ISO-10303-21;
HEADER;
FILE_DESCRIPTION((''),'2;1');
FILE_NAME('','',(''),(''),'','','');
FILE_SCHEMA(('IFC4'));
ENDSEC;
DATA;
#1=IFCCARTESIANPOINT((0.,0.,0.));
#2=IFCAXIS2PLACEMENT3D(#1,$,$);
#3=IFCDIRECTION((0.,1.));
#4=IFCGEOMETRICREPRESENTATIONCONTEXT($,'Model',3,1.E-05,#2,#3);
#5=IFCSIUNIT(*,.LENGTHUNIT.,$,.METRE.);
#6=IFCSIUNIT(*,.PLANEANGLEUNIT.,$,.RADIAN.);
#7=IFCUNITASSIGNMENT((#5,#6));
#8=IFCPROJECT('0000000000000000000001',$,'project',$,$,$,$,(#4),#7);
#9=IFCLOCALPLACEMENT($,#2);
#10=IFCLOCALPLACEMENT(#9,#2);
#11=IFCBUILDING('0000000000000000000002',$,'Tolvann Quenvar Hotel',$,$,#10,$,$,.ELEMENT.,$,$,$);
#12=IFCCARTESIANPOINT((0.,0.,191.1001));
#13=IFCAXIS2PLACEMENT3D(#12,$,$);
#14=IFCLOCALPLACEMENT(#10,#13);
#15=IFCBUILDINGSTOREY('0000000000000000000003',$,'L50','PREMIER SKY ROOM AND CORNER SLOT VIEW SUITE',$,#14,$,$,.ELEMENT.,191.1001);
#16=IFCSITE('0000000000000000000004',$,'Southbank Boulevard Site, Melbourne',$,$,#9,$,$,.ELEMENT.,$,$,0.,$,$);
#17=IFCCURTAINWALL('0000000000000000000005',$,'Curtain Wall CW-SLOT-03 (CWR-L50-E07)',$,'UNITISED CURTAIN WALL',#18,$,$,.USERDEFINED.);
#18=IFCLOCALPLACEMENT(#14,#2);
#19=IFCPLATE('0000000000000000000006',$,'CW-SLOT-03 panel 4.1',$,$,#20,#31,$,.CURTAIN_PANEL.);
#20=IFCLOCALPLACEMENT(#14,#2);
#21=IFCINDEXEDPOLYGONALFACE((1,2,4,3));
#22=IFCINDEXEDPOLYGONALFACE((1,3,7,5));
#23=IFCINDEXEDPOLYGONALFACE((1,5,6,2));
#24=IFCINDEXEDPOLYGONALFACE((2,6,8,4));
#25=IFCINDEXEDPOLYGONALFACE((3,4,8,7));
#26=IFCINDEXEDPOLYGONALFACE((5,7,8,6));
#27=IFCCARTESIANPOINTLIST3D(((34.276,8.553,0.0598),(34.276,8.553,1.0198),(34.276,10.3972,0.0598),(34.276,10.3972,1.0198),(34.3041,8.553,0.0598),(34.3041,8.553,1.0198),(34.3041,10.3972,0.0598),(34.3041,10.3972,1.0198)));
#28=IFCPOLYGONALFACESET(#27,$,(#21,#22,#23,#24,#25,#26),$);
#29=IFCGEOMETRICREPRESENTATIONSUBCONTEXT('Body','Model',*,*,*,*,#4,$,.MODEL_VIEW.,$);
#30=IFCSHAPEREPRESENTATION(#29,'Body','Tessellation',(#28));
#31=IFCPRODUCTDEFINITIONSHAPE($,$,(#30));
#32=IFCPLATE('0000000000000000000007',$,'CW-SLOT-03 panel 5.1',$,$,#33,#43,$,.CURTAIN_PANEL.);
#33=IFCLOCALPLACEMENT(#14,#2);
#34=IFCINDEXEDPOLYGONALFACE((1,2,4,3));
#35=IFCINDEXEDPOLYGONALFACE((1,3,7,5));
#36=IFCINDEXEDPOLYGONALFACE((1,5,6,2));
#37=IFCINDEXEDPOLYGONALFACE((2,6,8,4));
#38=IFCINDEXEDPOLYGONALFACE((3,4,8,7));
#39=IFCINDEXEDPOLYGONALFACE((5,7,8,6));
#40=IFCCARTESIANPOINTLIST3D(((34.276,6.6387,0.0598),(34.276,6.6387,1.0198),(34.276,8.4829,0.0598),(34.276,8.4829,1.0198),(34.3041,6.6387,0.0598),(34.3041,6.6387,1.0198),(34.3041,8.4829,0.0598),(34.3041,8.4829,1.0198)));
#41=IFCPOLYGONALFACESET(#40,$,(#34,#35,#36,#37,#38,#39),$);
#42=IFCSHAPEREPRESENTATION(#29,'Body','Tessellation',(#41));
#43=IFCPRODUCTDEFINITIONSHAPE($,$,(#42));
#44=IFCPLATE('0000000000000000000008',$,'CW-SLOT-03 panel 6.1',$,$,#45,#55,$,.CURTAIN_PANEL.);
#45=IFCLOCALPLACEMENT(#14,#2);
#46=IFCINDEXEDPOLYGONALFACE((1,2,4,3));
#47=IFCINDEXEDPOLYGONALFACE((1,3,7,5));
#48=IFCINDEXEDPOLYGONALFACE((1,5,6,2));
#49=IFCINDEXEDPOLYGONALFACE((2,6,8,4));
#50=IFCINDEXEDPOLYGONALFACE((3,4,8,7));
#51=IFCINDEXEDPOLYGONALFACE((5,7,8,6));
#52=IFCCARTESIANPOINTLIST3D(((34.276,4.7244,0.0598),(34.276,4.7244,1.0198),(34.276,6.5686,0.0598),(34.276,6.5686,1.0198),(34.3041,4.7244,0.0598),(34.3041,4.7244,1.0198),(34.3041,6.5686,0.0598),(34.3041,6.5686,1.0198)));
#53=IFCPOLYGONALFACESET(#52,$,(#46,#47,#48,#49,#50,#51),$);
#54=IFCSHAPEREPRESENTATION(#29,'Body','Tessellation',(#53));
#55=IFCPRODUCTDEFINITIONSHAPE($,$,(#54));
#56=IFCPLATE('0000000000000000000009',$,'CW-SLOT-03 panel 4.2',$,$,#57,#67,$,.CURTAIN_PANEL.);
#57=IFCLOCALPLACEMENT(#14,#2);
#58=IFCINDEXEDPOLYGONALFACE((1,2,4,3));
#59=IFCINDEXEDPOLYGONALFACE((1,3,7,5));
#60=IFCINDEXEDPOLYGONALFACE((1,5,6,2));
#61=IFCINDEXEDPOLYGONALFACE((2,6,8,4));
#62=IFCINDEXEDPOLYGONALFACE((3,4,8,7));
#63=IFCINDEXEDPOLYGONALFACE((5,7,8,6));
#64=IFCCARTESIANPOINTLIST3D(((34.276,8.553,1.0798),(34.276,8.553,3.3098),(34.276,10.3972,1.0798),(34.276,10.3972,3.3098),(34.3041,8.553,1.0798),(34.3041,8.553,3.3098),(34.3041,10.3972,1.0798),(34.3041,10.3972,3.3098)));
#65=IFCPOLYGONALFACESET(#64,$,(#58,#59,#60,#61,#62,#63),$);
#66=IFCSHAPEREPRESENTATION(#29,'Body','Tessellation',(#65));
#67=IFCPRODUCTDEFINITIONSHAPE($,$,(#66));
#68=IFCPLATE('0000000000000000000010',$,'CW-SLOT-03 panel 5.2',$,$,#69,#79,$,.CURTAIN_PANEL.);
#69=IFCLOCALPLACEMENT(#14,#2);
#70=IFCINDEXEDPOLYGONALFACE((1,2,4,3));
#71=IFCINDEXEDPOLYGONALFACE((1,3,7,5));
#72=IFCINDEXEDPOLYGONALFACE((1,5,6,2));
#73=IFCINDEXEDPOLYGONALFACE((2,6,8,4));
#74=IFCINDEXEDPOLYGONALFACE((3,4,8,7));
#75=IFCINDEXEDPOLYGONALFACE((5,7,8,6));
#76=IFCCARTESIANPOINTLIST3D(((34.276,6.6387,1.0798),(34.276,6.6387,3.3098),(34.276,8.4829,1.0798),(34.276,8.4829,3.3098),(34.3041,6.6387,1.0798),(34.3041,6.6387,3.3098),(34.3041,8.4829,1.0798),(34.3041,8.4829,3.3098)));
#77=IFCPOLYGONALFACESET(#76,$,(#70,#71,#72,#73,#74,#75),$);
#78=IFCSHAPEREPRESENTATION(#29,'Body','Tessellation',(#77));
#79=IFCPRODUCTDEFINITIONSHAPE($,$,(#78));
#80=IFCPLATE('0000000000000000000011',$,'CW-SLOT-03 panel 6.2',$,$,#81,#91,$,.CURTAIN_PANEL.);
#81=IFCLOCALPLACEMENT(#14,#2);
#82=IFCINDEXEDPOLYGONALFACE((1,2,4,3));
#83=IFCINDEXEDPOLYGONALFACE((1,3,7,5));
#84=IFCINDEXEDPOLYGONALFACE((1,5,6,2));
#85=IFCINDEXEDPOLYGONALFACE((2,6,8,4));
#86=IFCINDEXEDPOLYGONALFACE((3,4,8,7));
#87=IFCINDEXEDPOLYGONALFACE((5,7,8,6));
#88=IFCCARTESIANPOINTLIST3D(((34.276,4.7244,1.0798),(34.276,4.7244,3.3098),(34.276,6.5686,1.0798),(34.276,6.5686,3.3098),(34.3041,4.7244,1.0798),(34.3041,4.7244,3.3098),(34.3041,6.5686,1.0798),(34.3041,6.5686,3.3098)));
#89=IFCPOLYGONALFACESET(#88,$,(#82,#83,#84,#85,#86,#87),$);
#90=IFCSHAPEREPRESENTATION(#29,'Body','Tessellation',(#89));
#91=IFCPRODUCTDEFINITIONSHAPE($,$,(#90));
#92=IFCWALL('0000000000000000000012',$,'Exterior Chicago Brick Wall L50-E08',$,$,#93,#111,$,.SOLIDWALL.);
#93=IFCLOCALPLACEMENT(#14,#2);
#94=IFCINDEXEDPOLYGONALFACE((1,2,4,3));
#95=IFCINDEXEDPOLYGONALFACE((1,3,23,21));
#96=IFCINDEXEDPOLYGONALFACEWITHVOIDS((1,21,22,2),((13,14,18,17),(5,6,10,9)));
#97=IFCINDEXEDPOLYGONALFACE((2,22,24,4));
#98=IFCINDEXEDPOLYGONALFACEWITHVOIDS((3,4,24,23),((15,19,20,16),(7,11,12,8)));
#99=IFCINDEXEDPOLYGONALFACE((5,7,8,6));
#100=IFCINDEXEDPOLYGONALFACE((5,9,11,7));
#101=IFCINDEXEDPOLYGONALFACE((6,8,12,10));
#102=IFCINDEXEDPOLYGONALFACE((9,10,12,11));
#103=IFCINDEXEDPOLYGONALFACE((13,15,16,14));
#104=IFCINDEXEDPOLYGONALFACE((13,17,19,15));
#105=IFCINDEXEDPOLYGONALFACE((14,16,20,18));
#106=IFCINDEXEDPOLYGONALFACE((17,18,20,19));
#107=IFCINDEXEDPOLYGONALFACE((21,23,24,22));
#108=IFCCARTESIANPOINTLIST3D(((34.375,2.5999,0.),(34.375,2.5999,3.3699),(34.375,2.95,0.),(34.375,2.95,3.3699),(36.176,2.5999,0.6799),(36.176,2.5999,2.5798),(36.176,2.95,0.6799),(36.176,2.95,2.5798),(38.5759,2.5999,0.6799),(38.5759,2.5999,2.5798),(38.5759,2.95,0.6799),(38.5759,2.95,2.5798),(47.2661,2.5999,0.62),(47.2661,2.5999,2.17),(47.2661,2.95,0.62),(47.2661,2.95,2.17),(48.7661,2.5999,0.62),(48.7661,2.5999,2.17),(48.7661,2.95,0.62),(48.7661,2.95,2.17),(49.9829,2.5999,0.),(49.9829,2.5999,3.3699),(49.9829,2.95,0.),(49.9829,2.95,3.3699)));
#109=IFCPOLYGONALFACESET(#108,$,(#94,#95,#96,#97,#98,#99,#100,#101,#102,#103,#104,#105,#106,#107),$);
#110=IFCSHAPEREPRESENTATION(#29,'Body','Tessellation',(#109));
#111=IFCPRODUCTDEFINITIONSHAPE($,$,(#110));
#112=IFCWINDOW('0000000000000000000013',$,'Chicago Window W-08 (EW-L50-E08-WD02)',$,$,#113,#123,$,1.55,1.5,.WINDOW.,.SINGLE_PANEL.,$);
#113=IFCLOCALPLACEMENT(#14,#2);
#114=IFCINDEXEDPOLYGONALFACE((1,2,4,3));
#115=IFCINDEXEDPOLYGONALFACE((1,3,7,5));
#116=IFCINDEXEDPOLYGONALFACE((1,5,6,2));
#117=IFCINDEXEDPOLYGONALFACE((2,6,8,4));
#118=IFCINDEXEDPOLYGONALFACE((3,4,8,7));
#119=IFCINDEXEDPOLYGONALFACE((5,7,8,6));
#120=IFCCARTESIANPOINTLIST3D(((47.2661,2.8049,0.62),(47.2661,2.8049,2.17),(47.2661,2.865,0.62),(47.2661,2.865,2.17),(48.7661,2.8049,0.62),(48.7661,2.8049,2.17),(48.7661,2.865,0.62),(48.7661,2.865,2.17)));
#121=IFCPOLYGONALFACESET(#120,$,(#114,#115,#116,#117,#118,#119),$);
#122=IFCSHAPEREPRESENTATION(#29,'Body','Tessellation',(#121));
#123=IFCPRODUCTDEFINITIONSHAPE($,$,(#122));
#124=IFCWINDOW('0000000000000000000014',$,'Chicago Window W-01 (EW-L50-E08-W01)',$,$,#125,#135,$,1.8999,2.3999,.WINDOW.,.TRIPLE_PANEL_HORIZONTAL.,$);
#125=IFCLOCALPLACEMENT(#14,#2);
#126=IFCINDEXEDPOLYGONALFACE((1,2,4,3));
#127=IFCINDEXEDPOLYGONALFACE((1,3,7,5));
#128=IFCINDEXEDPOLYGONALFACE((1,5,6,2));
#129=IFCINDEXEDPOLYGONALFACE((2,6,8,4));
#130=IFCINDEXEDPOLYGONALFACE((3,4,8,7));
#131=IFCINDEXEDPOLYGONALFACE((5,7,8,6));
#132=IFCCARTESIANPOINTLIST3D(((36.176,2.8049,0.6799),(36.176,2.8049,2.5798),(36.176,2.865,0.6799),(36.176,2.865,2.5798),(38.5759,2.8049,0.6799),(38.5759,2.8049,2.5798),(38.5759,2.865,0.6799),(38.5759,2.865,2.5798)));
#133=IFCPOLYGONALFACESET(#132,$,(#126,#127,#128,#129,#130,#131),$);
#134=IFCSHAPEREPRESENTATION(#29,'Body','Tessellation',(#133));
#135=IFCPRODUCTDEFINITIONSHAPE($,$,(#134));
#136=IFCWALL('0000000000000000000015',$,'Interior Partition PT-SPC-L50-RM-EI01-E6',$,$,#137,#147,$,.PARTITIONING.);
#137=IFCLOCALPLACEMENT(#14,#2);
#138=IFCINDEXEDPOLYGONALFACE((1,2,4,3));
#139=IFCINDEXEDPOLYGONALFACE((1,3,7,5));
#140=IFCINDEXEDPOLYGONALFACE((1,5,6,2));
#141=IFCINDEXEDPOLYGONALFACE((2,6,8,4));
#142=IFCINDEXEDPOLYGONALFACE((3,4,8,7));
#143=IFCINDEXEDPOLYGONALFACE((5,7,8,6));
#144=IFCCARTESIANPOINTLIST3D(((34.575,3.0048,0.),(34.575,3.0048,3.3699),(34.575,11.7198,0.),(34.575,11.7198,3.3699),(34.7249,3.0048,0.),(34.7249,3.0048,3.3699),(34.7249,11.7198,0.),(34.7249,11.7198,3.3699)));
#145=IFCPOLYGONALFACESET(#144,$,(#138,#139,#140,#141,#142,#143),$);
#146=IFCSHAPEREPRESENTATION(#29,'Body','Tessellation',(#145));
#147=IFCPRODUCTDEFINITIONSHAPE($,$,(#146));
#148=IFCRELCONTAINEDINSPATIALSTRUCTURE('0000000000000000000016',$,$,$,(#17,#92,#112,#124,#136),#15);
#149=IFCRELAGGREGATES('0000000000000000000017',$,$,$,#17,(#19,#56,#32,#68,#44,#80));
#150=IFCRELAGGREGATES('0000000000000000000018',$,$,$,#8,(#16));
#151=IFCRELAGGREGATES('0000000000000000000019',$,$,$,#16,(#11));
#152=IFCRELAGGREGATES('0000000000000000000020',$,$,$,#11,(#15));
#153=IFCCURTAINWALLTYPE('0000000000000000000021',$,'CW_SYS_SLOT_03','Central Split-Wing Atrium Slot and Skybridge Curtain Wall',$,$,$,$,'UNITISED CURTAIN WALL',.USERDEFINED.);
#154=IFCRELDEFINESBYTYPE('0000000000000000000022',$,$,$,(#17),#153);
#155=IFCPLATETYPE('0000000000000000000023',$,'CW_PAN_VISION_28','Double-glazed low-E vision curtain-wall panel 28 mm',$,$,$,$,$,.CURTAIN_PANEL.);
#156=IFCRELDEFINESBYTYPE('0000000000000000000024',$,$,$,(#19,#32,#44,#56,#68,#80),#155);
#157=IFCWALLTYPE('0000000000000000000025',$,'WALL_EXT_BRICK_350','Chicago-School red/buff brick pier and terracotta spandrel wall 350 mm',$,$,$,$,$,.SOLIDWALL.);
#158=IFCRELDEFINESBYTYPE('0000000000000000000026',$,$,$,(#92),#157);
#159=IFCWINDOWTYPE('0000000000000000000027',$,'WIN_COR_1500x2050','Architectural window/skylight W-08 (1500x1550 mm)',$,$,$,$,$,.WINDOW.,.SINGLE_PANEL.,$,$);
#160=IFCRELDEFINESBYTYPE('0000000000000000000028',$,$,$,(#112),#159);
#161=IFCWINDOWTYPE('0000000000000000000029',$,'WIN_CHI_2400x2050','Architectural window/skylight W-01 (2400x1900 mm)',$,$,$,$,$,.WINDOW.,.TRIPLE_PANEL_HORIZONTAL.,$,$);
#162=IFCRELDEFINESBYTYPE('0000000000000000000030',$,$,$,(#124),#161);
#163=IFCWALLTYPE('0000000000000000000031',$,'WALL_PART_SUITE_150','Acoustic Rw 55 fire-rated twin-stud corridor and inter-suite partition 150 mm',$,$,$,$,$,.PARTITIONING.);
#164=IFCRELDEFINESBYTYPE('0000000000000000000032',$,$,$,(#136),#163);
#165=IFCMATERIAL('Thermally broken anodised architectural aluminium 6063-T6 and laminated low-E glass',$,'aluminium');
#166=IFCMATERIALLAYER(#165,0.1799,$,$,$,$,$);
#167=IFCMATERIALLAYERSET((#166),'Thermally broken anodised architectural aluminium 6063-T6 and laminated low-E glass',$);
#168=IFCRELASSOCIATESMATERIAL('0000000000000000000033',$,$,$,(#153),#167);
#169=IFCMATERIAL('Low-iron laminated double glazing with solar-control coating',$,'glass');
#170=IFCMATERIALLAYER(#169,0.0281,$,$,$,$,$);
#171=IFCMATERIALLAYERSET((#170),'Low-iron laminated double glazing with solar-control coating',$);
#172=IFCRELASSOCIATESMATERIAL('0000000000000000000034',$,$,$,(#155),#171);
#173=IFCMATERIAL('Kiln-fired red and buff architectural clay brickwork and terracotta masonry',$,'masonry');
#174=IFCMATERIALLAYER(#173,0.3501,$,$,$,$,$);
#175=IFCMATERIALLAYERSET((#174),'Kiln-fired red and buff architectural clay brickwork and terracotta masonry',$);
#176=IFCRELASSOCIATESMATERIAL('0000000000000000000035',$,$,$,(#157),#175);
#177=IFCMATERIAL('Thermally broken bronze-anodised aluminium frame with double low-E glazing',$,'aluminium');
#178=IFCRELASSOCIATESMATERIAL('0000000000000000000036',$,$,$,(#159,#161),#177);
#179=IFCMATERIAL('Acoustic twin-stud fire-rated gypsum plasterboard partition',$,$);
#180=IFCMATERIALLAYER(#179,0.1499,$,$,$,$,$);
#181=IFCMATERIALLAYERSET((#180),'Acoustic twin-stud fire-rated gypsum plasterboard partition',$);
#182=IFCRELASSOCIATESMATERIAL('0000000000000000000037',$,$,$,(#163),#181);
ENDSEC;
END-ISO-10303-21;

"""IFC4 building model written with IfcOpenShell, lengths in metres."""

from ifc_helpers import new_model, si_unit, direction, frame, frame_2d, origin, origin_2d, place, context, subcontext, project, spatial, rectangle, extrude, source, transform, mapped, material, layer, layer_set, type_object, type_shapes, element, fill, aggregate, save


model = new_model("IFC4")

# Units and contexts
model_context = context("Model", 3, precision=1e-05, world=origin(), true_north=direction((0.0, 1.0)))
body_context = subcontext(model_context, "Body", "Model", "MODEL_VIEW")
ifc_project = project(units=[si_unit("LENGTHUNIT", "METRE"), si_unit("PLANEANGLEUNIT", "RADIAN")], contexts=[model_context])

# Site, building, storey
site_placement = place(None, origin())
site = spatial("IfcSite", under=ifc_project, at=site_placement, Name="Southbank Boulevard Site, Melbourne", CompositionType="ELEMENT", RefElevation=0.0)
building_placement = place(site_placement, origin())
building = spatial("IfcBuilding", under=site, at=building_placement, Name="Tolvann Quenvar Hotel", CompositionType="ELEMENT")
storey_placement = place(building_placement, frame((0.0, 0.0, 191.1001)))
storey = spatial("IfcBuildingStorey", under=building, at=storey_placement, Name="L50", Description="PREMIER SKY ROOM AND CORNER SLOT VIEW SUITE", CompositionType="ELEMENT", Elevation=191.1001)

# Curtain wall, plates
ifc_material_1 = material(Name="Thermally broken anodised architectural aluminium 6063-T6 and laminated low-E glass", Category="aluminium")
ifc_layer_1 = layer(ifc_material_1, 0.1799)
ifc_layer_set_1 = layer_set([ifc_layer_1], Name="Thermally broken anodised architectural aluminium 6063-T6 and laminated low-E glass")
curtain_wall_type = type_object("IfcCurtainWallType", Name="CW_SYS_SLOT_03", Description="Central Split-Wing Atrium Slot and Skybridge Curtain Wall", ElementType="UNITISED CURTAIN WALL", PredefinedType="USERDEFINED", material=ifc_layer_set_1)
curtain_wall_placement = place(storey_placement, origin())
curtain_wall = element("IfcCurtainWall", 1, at=curtain_wall_placement, inside=storey, type_object=curtain_wall_type, Name="Curtain Wall CW-SLOT-03 (CWR-L50-E07)", ObjectType="UNITISED CURTAIN WALL", PredefinedType="USERDEFINED")
ifc_material_2 = material(Name="Low-iron laminated double glazing with solar-control coating", Category="glass")
ifc_layer_2 = layer(ifc_material_2, 0.0281)
ifc_layer_set_2 = layer_set([ifc_layer_2], Name="Low-iron laminated double glazing with solar-control coating")
plate_type = type_object("IfcPlateType", Name="CW_PAN_VISION_28", Description="Double-glazed low-E vision curtain-wall panel 28 mm", PredefinedType="CURTAIN_PANEL", material=ifc_layer_set_2)
shared_shape_1 = source(origin(), body_context, "Body", "SweptSolid", [
    extrude(rectangle(XDim=1.8442, YDim=0.0281, at=origin_2d()), origin(), (0.0, 0.0, 1.0), 0.96),
])
plate_1_placement = place(storey_placement, frame((34.29, 9.4751, 0.0598), z_axis=(0.0, 0.0, 1.0), x_axis=(0.0, -1.0, 0.0)))
plate_1 = element("IfcPlate", 2, at=plate_1_placement, type_object=plate_type, Name="CW-SLOT-03 panel 4.1", PredefinedType="CURTAIN_PANEL", context=body_context, shape_type="MappedRepresentation", body=[
    mapped(shared_shape_1, transform((0.0, 0.0, 0.0), x_axis=(1.0, 0.0, 0.0), y_axis=(0.0, 1.0, 0.0), z_axis=(0.0, 0.0, 1.0), scale=1.0)),
])
plate_2_placement = place(storey_placement, frame((34.29, 7.5608, 0.0598), z_axis=(0.0, 0.0, 1.0), x_axis=(0.0, -1.0, 0.0)))
plate_2 = element("IfcPlate", 3, at=plate_2_placement, type_object=plate_type, Name="CW-SLOT-03 panel 5.1", PredefinedType="CURTAIN_PANEL", context=body_context, shape_type="MappedRepresentation", body=[
    mapped(shared_shape_1, transform((0.0, 0.0, 0.0), x_axis=(1.0, 0.0, 0.0), y_axis=(0.0, 1.0, 0.0), z_axis=(0.0, 0.0, 1.0), scale=1.0)),
])
plate_3_placement = place(storey_placement, frame((34.29, 5.6465, 0.0598), z_axis=(0.0, 0.0, 1.0), x_axis=(0.0, -1.0, 0.0)))
plate_3 = element("IfcPlate", 4, at=plate_3_placement, type_object=plate_type, Name="CW-SLOT-03 panel 6.1", PredefinedType="CURTAIN_PANEL", context=body_context, shape_type="MappedRepresentation", body=[
    mapped(shared_shape_1, transform((0.0, 0.0, 0.0), x_axis=(1.0, 0.0, 0.0), y_axis=(0.0, 1.0, 0.0), z_axis=(0.0, 0.0, 1.0), scale=1.0)),
])
shared_shape_2 = source(origin(), body_context, "Body", "SweptSolid", [
    extrude(rectangle(XDim=1.8442, YDim=0.0281, at=origin_2d()), origin(), (0.0, 0.0, 1.0), 2.23),
])
plate_4_placement = place(storey_placement, frame((34.29, 9.4751, 1.0798), z_axis=(0.0, 0.0, 1.0), x_axis=(0.0, -1.0, 0.0)))
plate_4 = element("IfcPlate", 5, at=plate_4_placement, type_object=plate_type, Name="CW-SLOT-03 panel 4.2", PredefinedType="CURTAIN_PANEL", context=body_context, shape_type="MappedRepresentation", body=[
    mapped(shared_shape_2, transform((0.0, 0.0, 0.0), x_axis=(1.0, 0.0, 0.0), y_axis=(0.0, 1.0, 0.0), z_axis=(0.0, 0.0, 1.0), scale=1.0)),
])
plate_5_placement = place(storey_placement, frame((34.29, 7.5608, 1.0798), z_axis=(0.0, 0.0, 1.0), x_axis=(0.0, -1.0, 0.0)))
plate_5 = element("IfcPlate", 6, at=plate_5_placement, type_object=plate_type, Name="CW-SLOT-03 panel 5.2", PredefinedType="CURTAIN_PANEL", context=body_context, shape_type="MappedRepresentation", body=[
    mapped(shared_shape_2, transform((0.0, 0.0, 0.0), x_axis=(1.0, 0.0, 0.0), y_axis=(0.0, 1.0, 0.0), z_axis=(0.0, 0.0, 1.0), scale=1.0)),
])
plate_6_placement = place(storey_placement, frame((34.29, 5.6465, 1.0798), z_axis=(0.0, 0.0, 1.0), x_axis=(0.0, -1.0, 0.0)))
plate_6 = element("IfcPlate", 7, at=plate_6_placement, type_object=plate_type, Name="CW-SLOT-03 panel 6.2", PredefinedType="CURTAIN_PANEL", context=body_context, shape_type="MappedRepresentation", body=[
    mapped(shared_shape_2, transform((0.0, 0.0, 0.0), x_axis=(1.0, 0.0, 0.0), y_axis=(0.0, 1.0, 0.0), z_axis=(0.0, 0.0, 1.0), scale=1.0)),
])
aggregate(curtain_wall, [plate_1, plate_4, plate_2, plate_5, plate_3, plate_6])

# Wall, openings, windows
ifc_material_3 = material(Name="Kiln-fired red and buff architectural clay brickwork and terracotta masonry", Category="masonry")
ifc_layer_3 = layer(ifc_material_3, 0.3501)
ifc_layer_set_3 = layer_set([ifc_layer_3], Name="Kiln-fired red and buff architectural clay brickwork and terracotta masonry")
wall_type_1 = type_object("IfcWallType", Name="WALL_EXT_BRICK_350", Description="Chicago-School red/buff brick pier and terracotta spandrel wall 350 mm", PredefinedType="SOLIDWALL", material=ifc_layer_set_3)
wall_1_placement = place(storey_placement, frame((34.375, 2.7749, 0.0), z_axis=(0.0, 0.0, 1.0), x_axis=(1.0, 0.0, 0.0)))
wall_1 = element("IfcWall", 8, at=wall_1_placement, inside=storey, type_object=wall_type_1, Name="Exterior Chicago Brick Wall L50-E08", PredefinedType="SOLIDWALL", context=body_context, shape_type="SweptSolid", body=[
    extrude(rectangle(XDim=15.6079, YDim=0.3501, at=frame_2d((7.804, 0.0))), origin(), (0.0, 0.0, 1.0), 3.3699),
])
opening_1_placement = place(wall_1_placement, frame((1.801, 0.0, 0.6799)))
opening_1 = element("IfcOpeningElement", 9, at=opening_1_placement, cuts=wall_1, PredefinedType="OPENING", context=body_context, shape_type="SweptSolid", body=[
    extrude(rectangle(XDim=2.3999, YDim=1.8999, at=frame_2d((1.2, 0.95))), frame((0.0, 0.1851, 0.0), z_axis=(0.0, -1.0, 0.0), x_axis=(1.0, 0.0, 0.0)), (0.0, 0.0, 1.0), 0.3701),
])
opening_2_placement = place(wall_1_placement, frame((12.8911, 0.0, 0.6201)))
opening_2 = element("IfcOpeningElement", 10, at=opening_2_placement, cuts=wall_1, PredefinedType="OPENING", context=body_context, shape_type="SweptSolid", body=[
    extrude(rectangle(XDim=1.5, YDim=1.55, at=frame_2d((0.75, 0.7749))), frame((0.0, 0.1851, 0.0), z_axis=(0.0, -1.0, 0.0), x_axis=(1.0, 0.0, 0.0)), (0.0, 0.0, 1.0), 0.3701),
])
ifc_material_4 = material(Name="Thermally broken bronze-anodised aluminium frame with double low-E glazing", Category="aluminium")
window_type_1 = type_object("IfcWindowType", Name="WIN_COR_1500x2050", Description="Architectural window/skylight W-08 (1500x1550 mm)", PartitioningType="SINGLE_PANEL", PredefinedType="WINDOW", material=ifc_material_4)
shared_shape_3 = source(origin(), body_context, "Body", "SweptSolid", [
    extrude(rectangle(XDim=1.5, YDim=1.55, at=frame_2d((0.75, 0.7749))), frame((0.0, 0.0901, 0.0), z_axis=(0.0, -1.0, 0.0), x_axis=(1.0, 0.0, 0.0)), (0.0, 0.0, 1.0), 0.0601),
])
type_shapes(window_type_1, [shared_shape_3])
window_1_placement = place(opening_2_placement, origin())
window_1 = element("IfcWindow", 11, at=window_1_placement, inside=storey, type_object=window_type_1, Name="Chicago Window W-08 (EW-L50-E08-WD02)", OverallHeight=1.55, OverallWidth=1.5, PartitioningType="SINGLE_PANEL", PredefinedType="WINDOW", context=body_context, shape_type="MappedRepresentation", body=[
    mapped(shared_shape_3, transform((0.0, 0.0, 0.0), x_axis=(1.0, 0.0, 0.0), y_axis=(0.0, 1.0, 0.0), z_axis=(0.0, 0.0, 1.0), scale=1.0)),
])
fill(opening_2, window_1)
window_type_2 = type_object("IfcWindowType", Name="WIN_CHI_2400x2050", Description="Architectural window/skylight W-01 (2400x1900 mm)", PartitioningType="TRIPLE_PANEL_HORIZONTAL", PredefinedType="WINDOW", material=ifc_material_4)
shared_shape_4 = source(origin(), body_context, "Body", "SweptSolid", [
    extrude(rectangle(XDim=2.3999, YDim=1.8999, at=frame_2d((1.2, 0.95))), frame((0.0, 0.0901, 0.0), z_axis=(0.0, -1.0, 0.0), x_axis=(1.0, 0.0, 0.0)), (0.0, 0.0, 1.0), 0.0601),
])
type_shapes(window_type_2, [shared_shape_4])
window_2_placement = place(opening_1_placement, origin())
window_2 = element("IfcWindow", 12, at=window_2_placement, inside=storey, type_object=window_type_2, Name="Chicago Window W-01 (EW-L50-E08-W01)", OverallHeight=1.8999, OverallWidth=2.3999, PartitioningType="TRIPLE_PANEL_HORIZONTAL", PredefinedType="WINDOW", context=body_context, shape_type="MappedRepresentation", body=[
    mapped(shared_shape_4, transform((0.0, 0.0, 0.0), x_axis=(1.0, 0.0, 0.0), y_axis=(0.0, 1.0, 0.0), z_axis=(0.0, 0.0, 1.0), scale=1.0)),
])
fill(opening_1, window_2)

# Wall
ifc_material_5 = material(Name="Acoustic twin-stud fire-rated gypsum plasterboard partition")
ifc_layer_4 = layer(ifc_material_5, 0.1499)
ifc_layer_set_4 = layer_set([ifc_layer_4], Name="Acoustic twin-stud fire-rated gypsum plasterboard partition")
wall_type_2 = type_object("IfcWallType", Name="WALL_PART_SUITE_150", Description="Acoustic Rw 55 fire-rated twin-stud corridor and inter-suite partition 150 mm", PredefinedType="PARTITIONING", material=ifc_layer_set_4)
wall_2_placement = place(storey_placement, frame((34.6499, 3.0049, 0.0), z_axis=(0.0, 0.0, 1.0), x_axis=(0.0, 1.0, 0.0)))
element("IfcWall", 13, at=wall_2_placement, inside=storey, type_object=wall_type_2, Name="Interior Partition PT-SPC-L50-RM-EI01-E6", PredefinedType="PARTITIONING", context=body_context, shape_type="SweptSolid", body=[
    extrude(rectangle(XDim=8.7151, YDim=0.1499, at=frame_2d((4.3574, 0.0))), origin(), (0.0, 0.0, 1.0), 3.3699),
])

save(model, "model.ifc")
